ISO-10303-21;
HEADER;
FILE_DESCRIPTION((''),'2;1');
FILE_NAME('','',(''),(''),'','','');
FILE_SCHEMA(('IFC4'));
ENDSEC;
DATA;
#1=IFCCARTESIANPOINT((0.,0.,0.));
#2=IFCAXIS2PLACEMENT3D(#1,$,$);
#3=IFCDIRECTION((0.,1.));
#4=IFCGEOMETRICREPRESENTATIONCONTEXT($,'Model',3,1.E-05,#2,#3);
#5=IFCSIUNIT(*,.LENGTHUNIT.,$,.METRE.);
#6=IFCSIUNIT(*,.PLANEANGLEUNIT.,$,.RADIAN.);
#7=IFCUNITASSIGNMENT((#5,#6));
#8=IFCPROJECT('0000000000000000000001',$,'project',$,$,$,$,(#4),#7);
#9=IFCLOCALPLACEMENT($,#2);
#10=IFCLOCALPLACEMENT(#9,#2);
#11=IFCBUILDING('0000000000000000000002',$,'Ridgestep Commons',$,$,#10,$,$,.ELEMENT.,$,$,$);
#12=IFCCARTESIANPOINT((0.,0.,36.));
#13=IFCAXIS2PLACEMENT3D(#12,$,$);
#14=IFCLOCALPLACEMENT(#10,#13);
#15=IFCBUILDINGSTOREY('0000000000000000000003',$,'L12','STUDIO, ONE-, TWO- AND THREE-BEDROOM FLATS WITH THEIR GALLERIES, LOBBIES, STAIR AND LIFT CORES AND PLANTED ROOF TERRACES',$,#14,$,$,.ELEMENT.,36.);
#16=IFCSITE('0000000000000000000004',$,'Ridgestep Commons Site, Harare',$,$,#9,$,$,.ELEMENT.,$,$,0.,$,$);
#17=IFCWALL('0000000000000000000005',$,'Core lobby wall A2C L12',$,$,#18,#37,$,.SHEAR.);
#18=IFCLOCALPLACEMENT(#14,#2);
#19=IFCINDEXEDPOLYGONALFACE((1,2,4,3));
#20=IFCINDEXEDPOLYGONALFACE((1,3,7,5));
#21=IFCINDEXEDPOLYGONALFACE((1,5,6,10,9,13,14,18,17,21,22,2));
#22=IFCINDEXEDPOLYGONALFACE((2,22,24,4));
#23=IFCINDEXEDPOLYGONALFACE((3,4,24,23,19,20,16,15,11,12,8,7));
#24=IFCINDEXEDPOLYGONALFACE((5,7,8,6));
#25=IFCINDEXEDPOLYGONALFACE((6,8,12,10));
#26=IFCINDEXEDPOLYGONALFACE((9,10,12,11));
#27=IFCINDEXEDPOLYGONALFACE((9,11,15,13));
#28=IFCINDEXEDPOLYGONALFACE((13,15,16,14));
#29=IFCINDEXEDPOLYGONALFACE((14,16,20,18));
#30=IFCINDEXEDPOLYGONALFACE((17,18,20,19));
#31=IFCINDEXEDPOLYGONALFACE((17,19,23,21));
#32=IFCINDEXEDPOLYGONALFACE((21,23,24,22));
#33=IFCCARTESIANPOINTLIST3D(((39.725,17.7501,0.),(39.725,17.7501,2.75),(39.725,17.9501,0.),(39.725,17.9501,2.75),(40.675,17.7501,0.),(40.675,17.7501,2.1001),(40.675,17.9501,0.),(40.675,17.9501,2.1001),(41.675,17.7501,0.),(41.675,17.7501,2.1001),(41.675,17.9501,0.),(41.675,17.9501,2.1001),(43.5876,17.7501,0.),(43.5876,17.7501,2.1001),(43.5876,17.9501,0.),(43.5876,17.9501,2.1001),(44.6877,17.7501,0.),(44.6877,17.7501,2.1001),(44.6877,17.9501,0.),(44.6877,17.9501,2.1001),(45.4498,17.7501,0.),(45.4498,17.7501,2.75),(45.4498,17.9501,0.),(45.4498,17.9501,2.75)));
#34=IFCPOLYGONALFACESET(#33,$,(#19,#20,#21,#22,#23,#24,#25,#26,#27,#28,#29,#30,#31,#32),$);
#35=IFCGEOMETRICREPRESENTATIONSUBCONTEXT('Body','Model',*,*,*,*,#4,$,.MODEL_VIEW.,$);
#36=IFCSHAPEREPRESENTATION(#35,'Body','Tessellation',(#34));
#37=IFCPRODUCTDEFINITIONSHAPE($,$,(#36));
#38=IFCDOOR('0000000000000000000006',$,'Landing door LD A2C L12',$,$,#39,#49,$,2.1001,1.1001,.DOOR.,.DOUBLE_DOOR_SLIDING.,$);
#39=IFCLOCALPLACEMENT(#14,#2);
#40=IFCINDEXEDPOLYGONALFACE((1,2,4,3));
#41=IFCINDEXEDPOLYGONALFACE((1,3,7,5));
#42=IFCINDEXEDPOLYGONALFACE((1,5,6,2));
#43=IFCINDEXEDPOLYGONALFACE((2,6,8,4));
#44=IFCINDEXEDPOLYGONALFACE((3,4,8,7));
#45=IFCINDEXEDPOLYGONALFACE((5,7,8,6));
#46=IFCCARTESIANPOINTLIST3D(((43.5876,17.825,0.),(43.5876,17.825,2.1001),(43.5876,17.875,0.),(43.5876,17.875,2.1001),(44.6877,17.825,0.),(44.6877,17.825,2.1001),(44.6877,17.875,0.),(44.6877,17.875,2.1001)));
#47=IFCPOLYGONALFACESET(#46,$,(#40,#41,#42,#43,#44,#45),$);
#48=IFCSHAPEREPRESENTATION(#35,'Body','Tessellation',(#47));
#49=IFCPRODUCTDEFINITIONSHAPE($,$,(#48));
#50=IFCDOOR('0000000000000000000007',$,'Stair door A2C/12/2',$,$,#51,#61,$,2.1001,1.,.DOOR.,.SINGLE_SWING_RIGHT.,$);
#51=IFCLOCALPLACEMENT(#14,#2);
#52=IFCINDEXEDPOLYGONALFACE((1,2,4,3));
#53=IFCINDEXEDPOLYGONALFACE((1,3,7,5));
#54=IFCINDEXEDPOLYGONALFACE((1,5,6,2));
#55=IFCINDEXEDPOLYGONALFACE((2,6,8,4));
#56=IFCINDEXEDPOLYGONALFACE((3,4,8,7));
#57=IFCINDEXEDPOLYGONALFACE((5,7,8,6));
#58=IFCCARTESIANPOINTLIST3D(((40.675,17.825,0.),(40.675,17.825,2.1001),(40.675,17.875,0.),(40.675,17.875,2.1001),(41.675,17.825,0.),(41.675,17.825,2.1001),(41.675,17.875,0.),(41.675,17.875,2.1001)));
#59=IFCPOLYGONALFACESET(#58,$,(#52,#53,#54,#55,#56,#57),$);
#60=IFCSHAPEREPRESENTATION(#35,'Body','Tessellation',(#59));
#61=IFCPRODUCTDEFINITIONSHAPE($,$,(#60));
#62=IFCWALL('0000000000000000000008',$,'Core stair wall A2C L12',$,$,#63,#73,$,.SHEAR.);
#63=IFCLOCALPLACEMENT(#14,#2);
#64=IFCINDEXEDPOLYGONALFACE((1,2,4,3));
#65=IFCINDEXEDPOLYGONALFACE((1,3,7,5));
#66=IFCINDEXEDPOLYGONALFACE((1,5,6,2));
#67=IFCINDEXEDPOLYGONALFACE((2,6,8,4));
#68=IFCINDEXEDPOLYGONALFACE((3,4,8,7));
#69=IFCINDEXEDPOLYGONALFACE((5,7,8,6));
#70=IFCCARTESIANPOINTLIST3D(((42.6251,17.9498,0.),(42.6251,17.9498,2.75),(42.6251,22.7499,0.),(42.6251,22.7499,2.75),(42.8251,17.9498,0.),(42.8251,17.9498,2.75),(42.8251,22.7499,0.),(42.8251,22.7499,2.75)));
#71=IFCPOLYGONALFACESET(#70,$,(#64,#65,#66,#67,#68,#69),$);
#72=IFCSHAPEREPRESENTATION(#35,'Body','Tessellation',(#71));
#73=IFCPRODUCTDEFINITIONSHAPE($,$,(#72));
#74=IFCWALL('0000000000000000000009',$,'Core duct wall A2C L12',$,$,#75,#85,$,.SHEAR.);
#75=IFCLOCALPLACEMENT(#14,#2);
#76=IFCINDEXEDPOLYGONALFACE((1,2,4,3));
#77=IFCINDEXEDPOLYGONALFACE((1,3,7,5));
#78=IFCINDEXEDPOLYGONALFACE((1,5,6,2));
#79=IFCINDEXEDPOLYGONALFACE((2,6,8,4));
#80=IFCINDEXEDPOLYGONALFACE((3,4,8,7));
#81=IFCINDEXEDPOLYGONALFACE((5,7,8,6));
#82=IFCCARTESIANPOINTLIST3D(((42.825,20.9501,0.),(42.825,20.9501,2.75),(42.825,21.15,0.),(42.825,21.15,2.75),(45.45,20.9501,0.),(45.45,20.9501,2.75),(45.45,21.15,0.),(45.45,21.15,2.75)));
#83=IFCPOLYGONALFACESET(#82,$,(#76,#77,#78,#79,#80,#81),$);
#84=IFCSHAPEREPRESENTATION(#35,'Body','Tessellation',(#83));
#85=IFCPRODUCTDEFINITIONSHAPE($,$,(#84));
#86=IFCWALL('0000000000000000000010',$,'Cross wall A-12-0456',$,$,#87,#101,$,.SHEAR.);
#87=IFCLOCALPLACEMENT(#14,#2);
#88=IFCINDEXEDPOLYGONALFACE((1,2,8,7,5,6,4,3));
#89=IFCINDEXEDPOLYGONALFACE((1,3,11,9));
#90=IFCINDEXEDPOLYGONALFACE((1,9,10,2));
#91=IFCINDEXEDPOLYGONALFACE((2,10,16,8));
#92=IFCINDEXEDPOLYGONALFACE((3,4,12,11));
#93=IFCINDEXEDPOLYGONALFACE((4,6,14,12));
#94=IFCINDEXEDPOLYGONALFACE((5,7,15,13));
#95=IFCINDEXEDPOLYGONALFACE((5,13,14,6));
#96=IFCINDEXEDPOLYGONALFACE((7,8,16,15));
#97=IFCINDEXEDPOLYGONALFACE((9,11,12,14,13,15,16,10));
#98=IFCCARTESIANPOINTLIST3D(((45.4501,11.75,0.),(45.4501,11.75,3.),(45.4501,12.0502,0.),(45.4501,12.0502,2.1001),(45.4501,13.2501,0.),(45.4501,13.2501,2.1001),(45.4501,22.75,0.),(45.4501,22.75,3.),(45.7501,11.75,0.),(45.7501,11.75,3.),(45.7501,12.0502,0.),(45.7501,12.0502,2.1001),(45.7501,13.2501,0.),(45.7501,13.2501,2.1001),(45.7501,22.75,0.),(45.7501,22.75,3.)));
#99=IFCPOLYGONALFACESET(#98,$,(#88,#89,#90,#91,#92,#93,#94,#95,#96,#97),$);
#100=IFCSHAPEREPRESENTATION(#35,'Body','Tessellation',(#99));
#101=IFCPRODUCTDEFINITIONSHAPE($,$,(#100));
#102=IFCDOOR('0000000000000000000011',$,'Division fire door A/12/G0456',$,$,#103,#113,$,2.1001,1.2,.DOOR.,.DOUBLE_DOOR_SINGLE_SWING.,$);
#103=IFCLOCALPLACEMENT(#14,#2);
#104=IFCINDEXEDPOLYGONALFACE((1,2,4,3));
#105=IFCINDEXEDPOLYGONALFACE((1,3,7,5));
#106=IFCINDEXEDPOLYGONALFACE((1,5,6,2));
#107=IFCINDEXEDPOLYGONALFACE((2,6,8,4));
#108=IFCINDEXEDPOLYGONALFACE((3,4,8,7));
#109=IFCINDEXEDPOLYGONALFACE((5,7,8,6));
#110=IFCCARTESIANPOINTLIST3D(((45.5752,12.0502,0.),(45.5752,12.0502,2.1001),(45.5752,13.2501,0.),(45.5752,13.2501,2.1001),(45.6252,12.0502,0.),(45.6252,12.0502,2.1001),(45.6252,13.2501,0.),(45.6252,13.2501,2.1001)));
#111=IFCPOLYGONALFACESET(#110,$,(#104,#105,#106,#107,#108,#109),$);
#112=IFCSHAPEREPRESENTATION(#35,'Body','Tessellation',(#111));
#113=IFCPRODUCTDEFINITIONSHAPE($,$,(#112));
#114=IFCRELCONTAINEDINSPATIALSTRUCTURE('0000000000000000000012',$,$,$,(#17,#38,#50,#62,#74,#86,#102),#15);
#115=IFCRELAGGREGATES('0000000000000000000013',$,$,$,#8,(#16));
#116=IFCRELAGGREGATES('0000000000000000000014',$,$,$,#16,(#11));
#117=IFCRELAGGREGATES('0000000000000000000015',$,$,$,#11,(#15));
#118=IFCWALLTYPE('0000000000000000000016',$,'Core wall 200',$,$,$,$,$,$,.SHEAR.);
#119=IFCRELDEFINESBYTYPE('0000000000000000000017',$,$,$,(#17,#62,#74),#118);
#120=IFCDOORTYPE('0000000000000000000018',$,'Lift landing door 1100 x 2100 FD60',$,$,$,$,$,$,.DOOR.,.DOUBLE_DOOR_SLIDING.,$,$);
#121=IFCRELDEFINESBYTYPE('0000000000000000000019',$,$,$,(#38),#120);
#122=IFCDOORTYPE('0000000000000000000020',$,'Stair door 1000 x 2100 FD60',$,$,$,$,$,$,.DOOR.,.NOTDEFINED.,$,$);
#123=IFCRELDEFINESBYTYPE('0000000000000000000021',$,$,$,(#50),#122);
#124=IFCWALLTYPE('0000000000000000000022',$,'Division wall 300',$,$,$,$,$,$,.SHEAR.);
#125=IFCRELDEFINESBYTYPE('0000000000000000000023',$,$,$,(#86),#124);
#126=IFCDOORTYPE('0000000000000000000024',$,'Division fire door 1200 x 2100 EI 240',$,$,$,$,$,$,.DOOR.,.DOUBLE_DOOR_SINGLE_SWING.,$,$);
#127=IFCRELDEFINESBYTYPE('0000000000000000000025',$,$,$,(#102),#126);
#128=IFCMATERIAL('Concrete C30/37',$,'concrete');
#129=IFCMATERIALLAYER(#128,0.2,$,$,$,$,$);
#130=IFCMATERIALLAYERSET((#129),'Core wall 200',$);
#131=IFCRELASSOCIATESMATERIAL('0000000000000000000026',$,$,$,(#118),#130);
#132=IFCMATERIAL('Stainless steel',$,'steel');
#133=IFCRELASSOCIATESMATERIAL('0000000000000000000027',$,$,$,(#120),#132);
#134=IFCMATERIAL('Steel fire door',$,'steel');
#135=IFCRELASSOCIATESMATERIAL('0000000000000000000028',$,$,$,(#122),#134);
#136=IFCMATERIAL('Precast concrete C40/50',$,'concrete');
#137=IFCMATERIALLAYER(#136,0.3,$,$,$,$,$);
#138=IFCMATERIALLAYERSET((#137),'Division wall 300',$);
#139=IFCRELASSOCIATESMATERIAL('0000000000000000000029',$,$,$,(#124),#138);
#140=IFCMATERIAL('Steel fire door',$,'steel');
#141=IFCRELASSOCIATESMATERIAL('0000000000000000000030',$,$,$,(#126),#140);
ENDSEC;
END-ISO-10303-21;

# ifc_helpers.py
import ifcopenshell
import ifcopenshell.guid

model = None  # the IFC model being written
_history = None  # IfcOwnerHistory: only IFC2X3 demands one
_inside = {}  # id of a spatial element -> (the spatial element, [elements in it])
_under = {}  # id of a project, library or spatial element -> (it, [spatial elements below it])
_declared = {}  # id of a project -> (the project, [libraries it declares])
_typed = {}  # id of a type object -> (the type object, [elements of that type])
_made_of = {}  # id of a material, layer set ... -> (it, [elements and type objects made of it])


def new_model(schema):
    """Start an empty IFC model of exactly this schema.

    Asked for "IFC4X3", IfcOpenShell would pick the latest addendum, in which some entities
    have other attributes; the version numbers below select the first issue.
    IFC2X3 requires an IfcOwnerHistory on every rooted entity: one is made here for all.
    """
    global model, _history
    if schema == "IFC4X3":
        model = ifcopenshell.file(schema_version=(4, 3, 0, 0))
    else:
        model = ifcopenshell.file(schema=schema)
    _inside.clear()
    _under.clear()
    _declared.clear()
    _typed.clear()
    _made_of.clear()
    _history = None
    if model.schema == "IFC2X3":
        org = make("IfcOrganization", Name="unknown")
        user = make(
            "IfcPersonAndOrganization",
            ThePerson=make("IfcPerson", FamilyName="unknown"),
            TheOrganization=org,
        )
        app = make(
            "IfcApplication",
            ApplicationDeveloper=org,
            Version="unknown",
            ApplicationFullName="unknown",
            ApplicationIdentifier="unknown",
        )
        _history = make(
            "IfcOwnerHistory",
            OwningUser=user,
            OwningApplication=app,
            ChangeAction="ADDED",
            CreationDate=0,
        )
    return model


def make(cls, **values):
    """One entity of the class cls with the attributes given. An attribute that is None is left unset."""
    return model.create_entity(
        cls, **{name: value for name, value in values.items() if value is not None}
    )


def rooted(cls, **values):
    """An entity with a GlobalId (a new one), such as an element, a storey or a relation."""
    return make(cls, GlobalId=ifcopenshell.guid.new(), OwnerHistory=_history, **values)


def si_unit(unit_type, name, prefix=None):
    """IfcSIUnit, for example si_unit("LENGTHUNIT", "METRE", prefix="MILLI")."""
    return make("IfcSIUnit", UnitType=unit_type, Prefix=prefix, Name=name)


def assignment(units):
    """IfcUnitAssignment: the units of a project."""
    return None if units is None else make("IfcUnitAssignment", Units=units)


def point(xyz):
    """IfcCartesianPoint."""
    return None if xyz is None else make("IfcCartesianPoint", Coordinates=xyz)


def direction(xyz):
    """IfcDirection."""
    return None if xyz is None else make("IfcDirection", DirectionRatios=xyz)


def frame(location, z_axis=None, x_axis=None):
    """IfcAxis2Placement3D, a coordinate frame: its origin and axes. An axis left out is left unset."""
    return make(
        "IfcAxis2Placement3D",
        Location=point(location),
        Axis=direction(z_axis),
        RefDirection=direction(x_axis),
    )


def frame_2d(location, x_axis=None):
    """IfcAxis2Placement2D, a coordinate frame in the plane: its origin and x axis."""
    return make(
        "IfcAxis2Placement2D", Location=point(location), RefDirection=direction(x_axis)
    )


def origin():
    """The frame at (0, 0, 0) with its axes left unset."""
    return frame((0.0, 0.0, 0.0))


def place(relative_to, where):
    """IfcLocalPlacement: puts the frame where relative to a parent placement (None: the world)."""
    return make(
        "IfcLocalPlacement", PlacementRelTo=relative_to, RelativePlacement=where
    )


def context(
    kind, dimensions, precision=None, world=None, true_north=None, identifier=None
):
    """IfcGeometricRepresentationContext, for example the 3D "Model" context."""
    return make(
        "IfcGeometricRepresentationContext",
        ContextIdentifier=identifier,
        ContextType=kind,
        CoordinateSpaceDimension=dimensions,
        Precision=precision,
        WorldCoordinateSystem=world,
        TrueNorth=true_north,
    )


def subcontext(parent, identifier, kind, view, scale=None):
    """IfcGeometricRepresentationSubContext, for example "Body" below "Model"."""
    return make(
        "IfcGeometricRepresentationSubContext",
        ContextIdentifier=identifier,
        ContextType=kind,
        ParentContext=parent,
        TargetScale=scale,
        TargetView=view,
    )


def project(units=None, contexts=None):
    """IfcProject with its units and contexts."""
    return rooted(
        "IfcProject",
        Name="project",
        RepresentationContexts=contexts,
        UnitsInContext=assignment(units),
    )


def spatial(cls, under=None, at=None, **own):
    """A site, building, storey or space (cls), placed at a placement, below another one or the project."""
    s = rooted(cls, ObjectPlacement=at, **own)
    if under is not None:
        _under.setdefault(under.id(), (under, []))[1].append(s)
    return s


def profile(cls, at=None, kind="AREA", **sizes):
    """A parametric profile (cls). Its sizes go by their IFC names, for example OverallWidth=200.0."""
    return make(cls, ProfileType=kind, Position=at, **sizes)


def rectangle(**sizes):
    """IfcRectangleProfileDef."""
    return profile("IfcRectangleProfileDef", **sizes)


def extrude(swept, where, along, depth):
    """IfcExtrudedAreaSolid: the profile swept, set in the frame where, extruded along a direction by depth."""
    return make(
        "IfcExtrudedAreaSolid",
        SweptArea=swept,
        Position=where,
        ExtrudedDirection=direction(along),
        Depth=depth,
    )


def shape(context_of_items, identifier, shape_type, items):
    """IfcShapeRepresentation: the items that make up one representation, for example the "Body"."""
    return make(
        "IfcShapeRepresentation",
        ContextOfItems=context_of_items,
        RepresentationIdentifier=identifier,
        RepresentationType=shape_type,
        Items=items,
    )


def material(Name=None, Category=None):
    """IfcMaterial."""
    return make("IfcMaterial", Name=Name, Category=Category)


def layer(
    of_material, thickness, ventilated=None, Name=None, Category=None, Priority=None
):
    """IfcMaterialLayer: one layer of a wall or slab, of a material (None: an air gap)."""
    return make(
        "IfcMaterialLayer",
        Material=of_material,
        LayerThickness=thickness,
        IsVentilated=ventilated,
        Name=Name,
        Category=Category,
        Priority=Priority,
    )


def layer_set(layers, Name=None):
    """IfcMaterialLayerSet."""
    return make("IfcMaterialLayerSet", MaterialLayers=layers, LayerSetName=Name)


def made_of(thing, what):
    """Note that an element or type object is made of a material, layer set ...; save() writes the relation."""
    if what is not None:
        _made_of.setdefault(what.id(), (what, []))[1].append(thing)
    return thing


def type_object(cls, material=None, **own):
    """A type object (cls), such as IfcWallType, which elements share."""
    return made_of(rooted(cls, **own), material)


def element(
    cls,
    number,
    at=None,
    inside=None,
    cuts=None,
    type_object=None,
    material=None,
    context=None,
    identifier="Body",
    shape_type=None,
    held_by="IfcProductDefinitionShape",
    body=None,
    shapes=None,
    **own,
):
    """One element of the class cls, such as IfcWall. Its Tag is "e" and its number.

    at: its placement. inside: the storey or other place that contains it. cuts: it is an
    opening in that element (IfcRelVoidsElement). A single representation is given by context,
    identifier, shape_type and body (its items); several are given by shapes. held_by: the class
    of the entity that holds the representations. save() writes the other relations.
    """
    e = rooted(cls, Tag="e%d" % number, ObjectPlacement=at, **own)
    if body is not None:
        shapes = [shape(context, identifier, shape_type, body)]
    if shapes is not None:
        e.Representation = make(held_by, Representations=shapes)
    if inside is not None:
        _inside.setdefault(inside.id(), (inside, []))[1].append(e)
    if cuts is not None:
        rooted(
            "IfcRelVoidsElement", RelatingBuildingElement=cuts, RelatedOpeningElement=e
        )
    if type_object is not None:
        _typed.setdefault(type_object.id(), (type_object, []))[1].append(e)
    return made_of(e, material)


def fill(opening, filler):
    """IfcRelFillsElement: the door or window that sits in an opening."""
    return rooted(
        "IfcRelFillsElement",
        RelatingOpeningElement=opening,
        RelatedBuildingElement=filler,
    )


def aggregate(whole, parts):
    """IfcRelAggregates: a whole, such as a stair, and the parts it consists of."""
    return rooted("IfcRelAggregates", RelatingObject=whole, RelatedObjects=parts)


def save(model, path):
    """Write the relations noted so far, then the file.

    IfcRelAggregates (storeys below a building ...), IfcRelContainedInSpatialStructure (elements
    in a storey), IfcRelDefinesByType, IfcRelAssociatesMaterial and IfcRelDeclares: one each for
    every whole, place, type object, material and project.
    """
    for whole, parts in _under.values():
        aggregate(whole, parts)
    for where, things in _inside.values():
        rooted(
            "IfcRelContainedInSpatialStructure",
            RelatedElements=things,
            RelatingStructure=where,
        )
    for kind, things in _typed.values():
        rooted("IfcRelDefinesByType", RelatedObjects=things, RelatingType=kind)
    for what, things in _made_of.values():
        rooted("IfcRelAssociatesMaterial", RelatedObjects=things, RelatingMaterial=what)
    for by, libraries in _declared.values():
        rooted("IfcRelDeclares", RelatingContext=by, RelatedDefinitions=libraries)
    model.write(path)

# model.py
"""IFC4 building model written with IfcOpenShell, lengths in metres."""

from ifc_helpers import new_model, si_unit, direction, frame, frame_2d, origin, place, context, subcontext, project, spatial, rectangle, extrude, material, layer, layer_set, type_object, element, fill, save


model = new_model("IFC4")

# Units and contexts
model_context = context("Model", 3, precision=1e-05, world=origin(), true_north=direction((0.0, 1.0)))
body_context = subcontext(model_context, "Body", "Model", "MODEL_VIEW")
ifc_project = project(units=[si_unit("LENGTHUNIT", "METRE"), si_unit("PLANEANGLEUNIT", "RADIAN")], contexts=[model_context])

# Site, building, storey
site_placement = place(None, origin())
site = spatial("IfcSite", under=ifc_project, at=site_placement, Name="Ridgestep Commons Site, Harare", CompositionType="ELEMENT", RefElevation=0.0)
building_placement = place(site_placement, origin())
building = spatial("IfcBuilding", under=site, at=building_placement, Name="Ridgestep Commons", CompositionType="ELEMENT")
storey_placement = place(building_placement, frame((0.0, 0.0, 36.0)))
storey = spatial("IfcBuildingStorey", under=building, at=storey_placement, Name="L12", Description="STUDIO, ONE-, TWO- AND THREE-BEDROOM FLATS WITH THEIR GALLERIES, LOBBIES, STAIR AND LIFT CORES AND PLANTED ROOF TERRACES", CompositionType="ELEMENT", Elevation=36.0)

# Wall, openings, doors
ifc_material_1 = material(Name="Concrete C30/37", Category="concrete")
ifc_layer_1 = layer(ifc_material_1, 0.2)
ifc_layer_set_1 = layer_set([ifc_layer_1], Name="Core wall 200")
wall_type_1 = type_object("IfcWallType", Name="Core wall 200", PredefinedType="SHEAR", material=ifc_layer_set_1)
wall_1_placement = place(storey_placement, frame((39.7251, 17.8501, 0.0), z_axis=(0.0, 0.0, 1.0), x_axis=(1.0, 0.0, 0.0)))
wall_1 = element("IfcWall", 1, at=wall_1_placement, inside=storey, type_object=wall_type_1, Name="Core lobby wall A2C L12", PredefinedType="SHEAR", context=body_context, shape_type="SweptSolid", body=[
    extrude(rectangle(XDim=5.7249, YDim=0.2, at=frame_2d((2.8623, 0.0))), origin(), (0.0, 0.0, 1.0), 2.75),
])
opening_1_placement = place(wall_1_placement, frame((0.95, 0.0, 0.0)))
opening_1 = element("IfcOpeningElement", 2, at=opening_1_placement, cuts=wall_1, PredefinedType="OPENING", context=body_context, shape_type="SweptSolid", body=[
    extrude(rectangle(XDim=1.0, YDim=2.1001, at=frame_2d((0.5, 1.05))), frame((0.0, 0.1099, 0.0), z_axis=(0.0, -1.0, 0.0), x_axis=(1.0, 0.0, 0.0)), (0.0, 0.0, 1.0), 0.22),
])
opening_2_placement = place(wall_1_placement, frame((3.8625, 0.0, 0.0)))
opening_2 = element("IfcOpeningElement", 3, at=opening_2_placement, cuts=wall_1, PredefinedType="OPENING", context=body_context, shape_type="SweptSolid", body=[
    extrude(rectangle(XDim=1.1001, YDim=2.1001, at=frame_2d((0.55, 1.05))), frame((0.0, 0.1099, 0.0), z_axis=(0.0, -1.0, 0.0), x_axis=(1.0, 0.0, 0.0)), (0.0, 0.0, 1.0), 0.22),
])
ifc_material_2 = material(Name="Stainless steel", Category="steel")
door_type_1 = type_object("IfcDoorType", Name="Lift landing door 1100 x 2100 FD60", OperationType="DOUBLE_DOOR_SLIDING", PredefinedType="DOOR", material=ifc_material_2)
door_1_placement = place(opening_2_placement, origin())
door_1 = element("IfcDoor", 4, at=door_1_placement, inside=storey, type_object=door_type_1, Name="Landing door LD A2C L12", OperationType="DOUBLE_DOOR_SLIDING", OverallHeight=2.1001, OverallWidth=1.1001, PredefinedType="DOOR", context=body_context, shape_type="SweptSolid", body=[
    extrude(rectangle(XDim=1.1001, YDim=2.1001, at=frame_2d((0.55, 1.05))), frame((0.0, 0.0249, 0.0), z_axis=(0.0, -1.0, 0.0), x_axis=(1.0, 0.0, 0.0)), (0.0, 0.0, 1.0), 0.05),
])
fill(opening_2, door_1)
ifc_material_3 = material(Name="Steel fire door", Category="steel")
door_type_2 = type_object("IfcDoorType", Name="Stair door 1000 x 2100 FD60", OperationType="NOTDEFINED", PredefinedType="DOOR", material=ifc_material_3)
door_2_placement = place(opening_1_placement, origin())
door_2 = element("IfcDoor", 5, at=door_2_placement, inside=storey, type_object=door_type_2, Name="Stair door A2C/12/2", OperationType="SINGLE_SWING_RIGHT", OverallHeight=2.1001, OverallWidth=1.0, PredefinedType="DOOR", context=body_context, shape_type="SweptSolid", body=[
    extrude(rectangle(XDim=1.0, YDim=2.1001, at=frame_2d((0.5, 1.05))), frame((0.0, 0.0249, 0.0), z_axis=(0.0, -1.0, 0.0), x_axis=(1.0, 0.0, 0.0)), (0.0, 0.0, 1.0), 0.05),
])
fill(opening_1, door_2)

# Walls
wall_2_placement = place(storey_placement, frame((42.7251, 17.95, 0.0), z_axis=(0.0, 0.0, 1.0), x_axis=(0.0, 1.0, 0.0)))
element("IfcWall", 6, at=wall_2_placement, inside=storey, type_object=wall_type_1, Name="Core stair wall A2C L12", PredefinedType="SHEAR", context=body_context, shape_type="SweptSolid", body=[
    extrude(rectangle(XDim=4.8, YDim=0.2, at=frame_2d((2.3999, 0.0))), origin(), (0.0, 0.0, 1.0), 2.75),
])
wall_3_placement = place(storey_placement, frame((42.825, 21.05, 0.0), z_axis=(0.0, 0.0, 1.0), x_axis=(1.0, 0.0, 0.0)))
element("IfcWall", 7, at=wall_3_placement, inside=storey, type_object=wall_type_1, Name="Core duct wall A2C L12", PredefinedType="SHEAR", context=body_context, shape_type="SweptSolid", body=[
    extrude(rectangle(XDim=2.625, YDim=0.2, at=frame_2d((1.3125, 0.0))), origin(), (0.0, 0.0, 1.0), 2.75),
])

# Wall, opening, door
ifc_material_4 = material(Name="Precast concrete C40/50", Category="concrete")
ifc_layer_2 = layer(ifc_material_4, 0.3)
ifc_layer_set_2 = layer_set([ifc_layer_2], Name="Division wall 300")
wall_type_2 = type_object("IfcWallType", Name="Division wall 300", PredefinedType="SHEAR", material=ifc_layer_set_2)
wall_4_placement = place(storey_placement, frame((45.6001, 11.75, 0.0), z_axis=(0.0, 0.0, 1.0), x_axis=(0.0, 1.0, 0.0)))
wall_4 = element("IfcWall", 8, at=wall_4_placement, inside=storey, type_object=wall_type_2, Name="Cross wall A-12-0456", PredefinedType="SHEAR", context=body_context, shape_type="SweptSolid", body=[
    extrude(rectangle(XDim=11.0, YDim=0.3, at=frame_2d((5.5, 0.0))), origin(), (0.0, 0.0, 1.0), 3.0),
])
opening_3_placement = place(wall_4_placement, frame((0.3, 0.0, 0.0)))
opening_3 = element("IfcOpeningElement", 9, at=opening_3_placement, cuts=wall_4, PredefinedType="OPENING", context=body_context, shape_type="SweptSolid", body=[
    extrude(rectangle(XDim=1.2, YDim=2.1001, at=frame_2d((0.6001, 1.05))), frame((0.0, 0.1599, 0.0), z_axis=(0.0, -1.0, 0.0), x_axis=(1.0, 0.0, 0.0)), (0.0, 0.0, 1.0), 0.3201),
])
ifc_material_5 = material(Name="Steel fire door", Category="steel")
door_type_3 = type_object("IfcDoorType", Name="Division fire door 1200 x 2100 EI 240", OperationType="DOUBLE_DOOR_SINGLE_SWING", PredefinedType="DOOR", material=ifc_material_5)
door_3_placement = place(opening_3_placement, origin())
door_3 = element("IfcDoor", 10, at=door_3_placement, inside=storey, type_object=door_type_3, Name="Division fire door A/12/G0456", OperationType="DOUBLE_DOOR_SINGLE_SWING", OverallHeight=2.1001, OverallWidth=1.2, PredefinedType="DOOR", context=body_context, shape_type="SweptSolid", body=[
    extrude(rectangle(XDim=1.2, YDim=2.1001, at=frame_2d((0.6001, 1.05))), frame((0.0, 0.0249, 0.0), z_axis=(0.0, -1.0, 0.0), x_axis=(1.0, 0.0, 0.0)), (0.0, 0.0, 1.0), 0.05),
])
fill(opening_3, door_3)

save(model, "model.ifc")
